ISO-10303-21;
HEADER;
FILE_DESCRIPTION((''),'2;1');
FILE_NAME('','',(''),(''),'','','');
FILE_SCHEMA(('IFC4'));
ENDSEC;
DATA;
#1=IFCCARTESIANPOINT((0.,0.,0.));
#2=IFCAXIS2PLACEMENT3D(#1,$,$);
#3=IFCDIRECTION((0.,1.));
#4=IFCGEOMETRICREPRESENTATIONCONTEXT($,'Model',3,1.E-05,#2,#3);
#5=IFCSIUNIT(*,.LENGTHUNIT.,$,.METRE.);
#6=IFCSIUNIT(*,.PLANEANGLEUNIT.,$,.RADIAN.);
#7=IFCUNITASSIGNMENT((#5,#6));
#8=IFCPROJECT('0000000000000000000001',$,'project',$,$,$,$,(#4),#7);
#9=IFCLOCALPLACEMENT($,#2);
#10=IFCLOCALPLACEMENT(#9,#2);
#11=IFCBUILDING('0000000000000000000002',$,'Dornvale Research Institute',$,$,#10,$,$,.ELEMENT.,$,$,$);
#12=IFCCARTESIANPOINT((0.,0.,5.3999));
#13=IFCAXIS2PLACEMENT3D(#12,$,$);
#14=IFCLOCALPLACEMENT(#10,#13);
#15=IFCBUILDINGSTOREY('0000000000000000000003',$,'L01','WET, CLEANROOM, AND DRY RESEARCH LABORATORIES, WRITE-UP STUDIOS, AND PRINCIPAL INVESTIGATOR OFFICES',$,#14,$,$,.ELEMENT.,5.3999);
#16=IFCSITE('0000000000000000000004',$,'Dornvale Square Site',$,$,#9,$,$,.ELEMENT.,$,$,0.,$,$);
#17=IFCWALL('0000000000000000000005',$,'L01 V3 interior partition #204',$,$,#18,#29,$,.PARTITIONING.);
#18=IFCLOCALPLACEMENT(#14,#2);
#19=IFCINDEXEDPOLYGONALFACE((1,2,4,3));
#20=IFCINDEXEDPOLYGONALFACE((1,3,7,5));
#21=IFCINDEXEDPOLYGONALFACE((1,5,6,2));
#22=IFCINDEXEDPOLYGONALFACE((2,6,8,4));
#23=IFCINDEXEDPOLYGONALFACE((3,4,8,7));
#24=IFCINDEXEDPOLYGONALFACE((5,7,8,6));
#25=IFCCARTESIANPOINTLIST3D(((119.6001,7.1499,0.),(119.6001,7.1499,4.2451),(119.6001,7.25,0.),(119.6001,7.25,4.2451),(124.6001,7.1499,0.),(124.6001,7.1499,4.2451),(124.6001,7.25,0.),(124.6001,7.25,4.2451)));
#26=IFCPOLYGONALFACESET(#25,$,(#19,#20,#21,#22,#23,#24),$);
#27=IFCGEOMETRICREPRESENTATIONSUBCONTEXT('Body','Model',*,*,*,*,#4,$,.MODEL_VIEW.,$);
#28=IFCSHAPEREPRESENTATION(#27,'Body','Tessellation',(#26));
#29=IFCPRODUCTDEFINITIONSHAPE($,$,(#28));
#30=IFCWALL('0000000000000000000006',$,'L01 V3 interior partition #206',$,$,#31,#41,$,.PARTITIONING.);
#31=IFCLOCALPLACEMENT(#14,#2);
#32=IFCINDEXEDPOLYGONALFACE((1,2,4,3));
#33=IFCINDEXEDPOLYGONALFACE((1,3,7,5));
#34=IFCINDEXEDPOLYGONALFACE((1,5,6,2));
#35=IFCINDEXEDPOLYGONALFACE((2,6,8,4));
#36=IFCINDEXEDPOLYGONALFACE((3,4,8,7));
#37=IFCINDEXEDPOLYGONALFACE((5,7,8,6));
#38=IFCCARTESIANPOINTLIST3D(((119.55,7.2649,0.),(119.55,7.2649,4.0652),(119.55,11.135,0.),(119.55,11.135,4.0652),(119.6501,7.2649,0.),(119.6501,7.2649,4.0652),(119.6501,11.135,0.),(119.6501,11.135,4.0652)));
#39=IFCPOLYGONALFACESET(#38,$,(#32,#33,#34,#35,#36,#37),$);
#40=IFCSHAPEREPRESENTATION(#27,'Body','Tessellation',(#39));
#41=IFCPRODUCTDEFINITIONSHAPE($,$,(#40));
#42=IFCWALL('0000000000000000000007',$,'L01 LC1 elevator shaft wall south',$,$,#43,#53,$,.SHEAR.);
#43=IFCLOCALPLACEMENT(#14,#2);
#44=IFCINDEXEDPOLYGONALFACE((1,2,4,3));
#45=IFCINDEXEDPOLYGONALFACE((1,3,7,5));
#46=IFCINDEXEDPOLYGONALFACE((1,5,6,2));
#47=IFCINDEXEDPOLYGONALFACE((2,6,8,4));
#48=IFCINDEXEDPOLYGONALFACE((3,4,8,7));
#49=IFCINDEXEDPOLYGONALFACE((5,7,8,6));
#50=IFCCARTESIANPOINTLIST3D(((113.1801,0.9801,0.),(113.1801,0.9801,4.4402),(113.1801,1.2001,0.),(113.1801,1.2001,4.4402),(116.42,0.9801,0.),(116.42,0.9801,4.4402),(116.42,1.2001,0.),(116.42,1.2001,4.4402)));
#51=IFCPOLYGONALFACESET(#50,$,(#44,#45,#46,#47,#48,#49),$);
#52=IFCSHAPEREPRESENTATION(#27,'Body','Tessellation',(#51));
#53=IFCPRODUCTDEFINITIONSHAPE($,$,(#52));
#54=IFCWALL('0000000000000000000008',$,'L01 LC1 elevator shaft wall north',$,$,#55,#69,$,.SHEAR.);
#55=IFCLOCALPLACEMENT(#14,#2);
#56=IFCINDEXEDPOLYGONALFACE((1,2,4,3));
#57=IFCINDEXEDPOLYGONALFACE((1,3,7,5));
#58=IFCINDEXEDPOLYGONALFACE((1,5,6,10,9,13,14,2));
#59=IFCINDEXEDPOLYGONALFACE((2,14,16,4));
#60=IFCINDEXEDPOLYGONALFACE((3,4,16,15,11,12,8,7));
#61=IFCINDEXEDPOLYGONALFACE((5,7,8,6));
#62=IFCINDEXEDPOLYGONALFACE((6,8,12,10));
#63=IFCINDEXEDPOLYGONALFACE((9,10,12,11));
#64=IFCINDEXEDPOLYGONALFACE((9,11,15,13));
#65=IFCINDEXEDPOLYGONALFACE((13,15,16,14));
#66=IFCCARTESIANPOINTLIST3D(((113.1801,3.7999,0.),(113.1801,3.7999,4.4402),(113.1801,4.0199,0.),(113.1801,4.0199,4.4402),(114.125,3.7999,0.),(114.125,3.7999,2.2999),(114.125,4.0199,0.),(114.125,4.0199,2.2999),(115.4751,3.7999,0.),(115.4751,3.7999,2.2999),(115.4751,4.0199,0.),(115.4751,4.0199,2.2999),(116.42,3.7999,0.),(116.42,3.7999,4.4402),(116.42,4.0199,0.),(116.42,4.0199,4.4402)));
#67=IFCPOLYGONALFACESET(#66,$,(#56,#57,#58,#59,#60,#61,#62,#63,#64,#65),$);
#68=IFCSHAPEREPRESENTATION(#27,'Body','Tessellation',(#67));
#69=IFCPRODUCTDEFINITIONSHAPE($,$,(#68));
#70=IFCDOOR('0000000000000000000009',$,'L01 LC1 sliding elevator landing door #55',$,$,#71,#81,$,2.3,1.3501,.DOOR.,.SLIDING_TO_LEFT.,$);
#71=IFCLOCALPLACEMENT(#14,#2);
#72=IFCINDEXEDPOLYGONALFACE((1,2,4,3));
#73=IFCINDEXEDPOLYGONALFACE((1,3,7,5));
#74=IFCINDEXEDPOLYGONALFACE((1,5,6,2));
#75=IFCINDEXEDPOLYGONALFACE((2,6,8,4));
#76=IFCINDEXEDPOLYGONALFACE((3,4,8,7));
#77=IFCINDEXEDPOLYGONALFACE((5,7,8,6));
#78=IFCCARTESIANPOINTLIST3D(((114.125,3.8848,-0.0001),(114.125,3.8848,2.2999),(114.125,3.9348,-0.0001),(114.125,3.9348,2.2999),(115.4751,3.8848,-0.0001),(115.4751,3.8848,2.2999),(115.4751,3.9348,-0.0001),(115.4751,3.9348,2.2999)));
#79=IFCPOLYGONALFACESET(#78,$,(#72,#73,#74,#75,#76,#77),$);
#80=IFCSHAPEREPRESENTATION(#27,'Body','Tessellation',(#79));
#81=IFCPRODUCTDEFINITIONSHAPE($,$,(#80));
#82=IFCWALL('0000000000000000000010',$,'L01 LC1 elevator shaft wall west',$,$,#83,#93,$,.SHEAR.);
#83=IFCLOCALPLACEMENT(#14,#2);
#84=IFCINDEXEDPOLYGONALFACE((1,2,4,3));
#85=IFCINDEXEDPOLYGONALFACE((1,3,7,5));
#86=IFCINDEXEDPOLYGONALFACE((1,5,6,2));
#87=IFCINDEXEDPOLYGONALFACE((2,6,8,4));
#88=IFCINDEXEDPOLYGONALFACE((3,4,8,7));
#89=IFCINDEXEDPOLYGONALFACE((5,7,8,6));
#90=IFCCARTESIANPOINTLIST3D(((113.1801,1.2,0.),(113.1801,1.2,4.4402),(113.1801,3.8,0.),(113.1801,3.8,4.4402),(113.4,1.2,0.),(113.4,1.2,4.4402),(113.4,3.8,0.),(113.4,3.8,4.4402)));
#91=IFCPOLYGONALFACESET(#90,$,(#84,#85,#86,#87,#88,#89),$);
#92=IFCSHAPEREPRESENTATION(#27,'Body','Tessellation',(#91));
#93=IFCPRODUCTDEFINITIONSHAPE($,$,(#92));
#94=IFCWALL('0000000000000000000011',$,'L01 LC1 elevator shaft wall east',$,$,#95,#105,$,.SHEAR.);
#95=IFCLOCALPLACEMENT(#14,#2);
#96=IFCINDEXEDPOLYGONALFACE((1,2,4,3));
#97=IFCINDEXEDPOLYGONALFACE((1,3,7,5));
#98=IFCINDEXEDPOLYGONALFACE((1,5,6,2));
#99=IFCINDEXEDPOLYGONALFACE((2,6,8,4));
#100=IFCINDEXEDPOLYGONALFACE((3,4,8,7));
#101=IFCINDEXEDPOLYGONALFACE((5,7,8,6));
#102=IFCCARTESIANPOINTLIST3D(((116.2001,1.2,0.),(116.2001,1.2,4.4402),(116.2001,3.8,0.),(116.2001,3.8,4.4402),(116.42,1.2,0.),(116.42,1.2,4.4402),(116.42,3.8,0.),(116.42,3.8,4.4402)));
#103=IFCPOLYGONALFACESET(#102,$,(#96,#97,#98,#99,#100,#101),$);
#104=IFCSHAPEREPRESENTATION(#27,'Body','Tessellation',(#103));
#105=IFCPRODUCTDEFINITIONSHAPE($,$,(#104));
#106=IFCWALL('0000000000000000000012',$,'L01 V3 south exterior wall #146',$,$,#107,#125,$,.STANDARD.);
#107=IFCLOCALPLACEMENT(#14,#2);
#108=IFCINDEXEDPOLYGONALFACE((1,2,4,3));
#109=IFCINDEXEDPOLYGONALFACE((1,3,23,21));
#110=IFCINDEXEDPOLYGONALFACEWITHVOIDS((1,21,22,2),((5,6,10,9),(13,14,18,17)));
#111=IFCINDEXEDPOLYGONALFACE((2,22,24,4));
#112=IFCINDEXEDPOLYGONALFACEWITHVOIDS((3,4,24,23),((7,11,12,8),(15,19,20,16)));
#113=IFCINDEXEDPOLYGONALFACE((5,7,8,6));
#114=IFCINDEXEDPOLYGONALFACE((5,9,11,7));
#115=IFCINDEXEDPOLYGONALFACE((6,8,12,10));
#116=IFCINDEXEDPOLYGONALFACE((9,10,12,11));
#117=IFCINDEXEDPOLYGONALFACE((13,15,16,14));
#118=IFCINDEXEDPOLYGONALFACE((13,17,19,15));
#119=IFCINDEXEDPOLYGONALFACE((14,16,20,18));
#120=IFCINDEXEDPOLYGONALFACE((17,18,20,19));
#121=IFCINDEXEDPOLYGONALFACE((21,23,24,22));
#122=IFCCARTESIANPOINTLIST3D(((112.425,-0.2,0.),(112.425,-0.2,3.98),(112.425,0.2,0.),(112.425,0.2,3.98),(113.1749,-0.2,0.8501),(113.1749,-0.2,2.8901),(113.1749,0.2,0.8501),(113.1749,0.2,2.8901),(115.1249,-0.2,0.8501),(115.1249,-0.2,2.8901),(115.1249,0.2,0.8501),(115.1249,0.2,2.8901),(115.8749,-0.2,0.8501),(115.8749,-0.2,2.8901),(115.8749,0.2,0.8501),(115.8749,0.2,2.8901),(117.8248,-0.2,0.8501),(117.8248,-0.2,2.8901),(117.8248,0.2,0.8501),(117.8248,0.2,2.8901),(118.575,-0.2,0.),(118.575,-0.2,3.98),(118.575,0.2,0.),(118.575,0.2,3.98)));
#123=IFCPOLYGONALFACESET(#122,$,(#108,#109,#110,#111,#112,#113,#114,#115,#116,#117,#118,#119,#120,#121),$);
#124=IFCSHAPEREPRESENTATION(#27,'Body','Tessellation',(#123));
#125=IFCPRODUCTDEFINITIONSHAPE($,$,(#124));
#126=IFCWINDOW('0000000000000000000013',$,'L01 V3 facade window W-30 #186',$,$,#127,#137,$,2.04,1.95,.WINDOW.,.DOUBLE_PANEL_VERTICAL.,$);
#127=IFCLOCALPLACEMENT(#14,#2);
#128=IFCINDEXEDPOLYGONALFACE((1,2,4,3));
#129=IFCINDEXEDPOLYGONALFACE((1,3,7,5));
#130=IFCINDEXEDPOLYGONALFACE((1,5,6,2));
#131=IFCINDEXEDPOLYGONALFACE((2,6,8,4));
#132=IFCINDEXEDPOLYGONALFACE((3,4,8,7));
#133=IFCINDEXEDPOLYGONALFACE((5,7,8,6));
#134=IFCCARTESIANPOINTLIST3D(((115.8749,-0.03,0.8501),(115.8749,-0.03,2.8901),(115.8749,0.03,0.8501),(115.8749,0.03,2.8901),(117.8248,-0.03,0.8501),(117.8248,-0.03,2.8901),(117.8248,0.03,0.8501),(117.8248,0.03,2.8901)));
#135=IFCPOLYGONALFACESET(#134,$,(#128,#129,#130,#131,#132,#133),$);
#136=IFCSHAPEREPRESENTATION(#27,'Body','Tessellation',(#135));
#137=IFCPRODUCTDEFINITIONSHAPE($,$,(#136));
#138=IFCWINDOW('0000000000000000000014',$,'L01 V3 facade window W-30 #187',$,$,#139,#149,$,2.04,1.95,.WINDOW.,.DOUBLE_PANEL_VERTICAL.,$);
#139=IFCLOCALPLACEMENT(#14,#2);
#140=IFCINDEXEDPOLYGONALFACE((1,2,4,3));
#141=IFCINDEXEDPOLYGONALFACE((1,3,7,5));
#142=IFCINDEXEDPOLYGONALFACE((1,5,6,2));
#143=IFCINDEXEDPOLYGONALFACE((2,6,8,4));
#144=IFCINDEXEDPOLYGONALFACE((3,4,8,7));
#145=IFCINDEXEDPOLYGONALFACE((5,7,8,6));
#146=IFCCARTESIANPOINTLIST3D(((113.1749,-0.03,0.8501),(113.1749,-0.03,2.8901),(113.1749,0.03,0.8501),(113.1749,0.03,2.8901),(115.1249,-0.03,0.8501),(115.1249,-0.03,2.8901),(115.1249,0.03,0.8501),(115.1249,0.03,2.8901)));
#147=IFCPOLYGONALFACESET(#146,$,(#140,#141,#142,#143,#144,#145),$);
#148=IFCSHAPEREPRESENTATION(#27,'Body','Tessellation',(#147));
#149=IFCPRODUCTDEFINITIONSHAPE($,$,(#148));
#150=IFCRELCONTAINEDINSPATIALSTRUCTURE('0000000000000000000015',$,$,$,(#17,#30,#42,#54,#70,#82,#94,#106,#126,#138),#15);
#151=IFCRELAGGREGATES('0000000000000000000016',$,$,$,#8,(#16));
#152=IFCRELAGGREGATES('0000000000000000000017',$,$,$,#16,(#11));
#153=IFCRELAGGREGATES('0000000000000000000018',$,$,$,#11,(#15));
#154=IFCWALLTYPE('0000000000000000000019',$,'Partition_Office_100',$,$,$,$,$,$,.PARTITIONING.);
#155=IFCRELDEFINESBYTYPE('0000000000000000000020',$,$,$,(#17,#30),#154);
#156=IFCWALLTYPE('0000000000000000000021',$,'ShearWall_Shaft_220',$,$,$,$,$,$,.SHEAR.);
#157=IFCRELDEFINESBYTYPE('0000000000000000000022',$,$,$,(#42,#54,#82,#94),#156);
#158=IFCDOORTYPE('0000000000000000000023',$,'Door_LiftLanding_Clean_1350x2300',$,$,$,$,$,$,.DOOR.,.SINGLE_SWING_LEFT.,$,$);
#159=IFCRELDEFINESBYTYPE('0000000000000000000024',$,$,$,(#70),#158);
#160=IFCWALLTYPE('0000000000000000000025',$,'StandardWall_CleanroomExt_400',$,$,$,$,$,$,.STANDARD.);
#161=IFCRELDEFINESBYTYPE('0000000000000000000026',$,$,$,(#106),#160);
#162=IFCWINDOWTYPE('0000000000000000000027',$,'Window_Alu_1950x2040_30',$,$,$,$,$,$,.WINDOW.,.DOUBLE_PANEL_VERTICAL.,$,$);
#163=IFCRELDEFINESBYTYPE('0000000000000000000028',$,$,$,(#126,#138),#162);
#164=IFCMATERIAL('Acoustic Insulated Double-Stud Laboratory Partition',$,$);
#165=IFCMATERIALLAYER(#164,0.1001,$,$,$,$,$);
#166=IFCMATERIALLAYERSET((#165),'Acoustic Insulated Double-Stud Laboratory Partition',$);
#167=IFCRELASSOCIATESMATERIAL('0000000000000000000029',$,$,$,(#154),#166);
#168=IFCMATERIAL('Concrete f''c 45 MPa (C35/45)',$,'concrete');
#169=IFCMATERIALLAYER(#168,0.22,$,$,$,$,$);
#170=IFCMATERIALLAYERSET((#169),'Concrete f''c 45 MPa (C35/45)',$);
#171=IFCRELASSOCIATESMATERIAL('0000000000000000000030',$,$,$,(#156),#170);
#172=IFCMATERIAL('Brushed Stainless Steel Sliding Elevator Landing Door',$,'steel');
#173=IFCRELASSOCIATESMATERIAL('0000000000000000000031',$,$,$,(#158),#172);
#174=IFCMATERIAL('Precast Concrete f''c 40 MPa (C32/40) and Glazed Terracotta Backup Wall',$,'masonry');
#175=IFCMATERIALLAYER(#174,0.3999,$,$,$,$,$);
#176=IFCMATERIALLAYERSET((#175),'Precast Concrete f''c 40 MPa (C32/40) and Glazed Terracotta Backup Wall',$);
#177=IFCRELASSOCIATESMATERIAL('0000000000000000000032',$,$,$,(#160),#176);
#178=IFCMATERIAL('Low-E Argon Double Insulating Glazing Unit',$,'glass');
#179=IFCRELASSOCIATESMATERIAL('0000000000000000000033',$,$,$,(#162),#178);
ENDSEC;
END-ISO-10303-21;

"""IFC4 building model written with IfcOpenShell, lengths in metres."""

from ifc_helpers import new_model, si_unit, direction, frame, frame_2d, origin, place, context, subcontext, project, spatial, rectangle, extrude, material, layer, layer_set, type_object, element, fill, save


model = new_model("IFC4")

# Units and contexts
model_context = context("Model", 3, precision=1e-05, world=origin(), true_north=direction((0.0, 1.0)))
body_context = subcontext(model_context, "Body", "Model", "MODEL_VIEW")
ifc_project = project(units=[si_unit("LENGTHUNIT", "METRE"), si_unit("PLANEANGLEUNIT", "RADIAN")], contexts=[model_context])

# Site, building, storey
site_placement = place(None, origin())
site = spatial("IfcSite", under=ifc_project, at=site_placement, Name="Dornvale Square Site", CompositionType="ELEMENT", RefElevation=0.0)
building_placement = place(site_placement, origin())
building = spatial("IfcBuilding", under=site, at=building_placement, Name="Dornvale Research Institute", CompositionType="ELEMENT")
storey_placement = place(building_placement, frame((0.0, 0.0, 5.3999)))
storey = spatial("IfcBuildingStorey", under=building, at=storey_placement, Name="L01", Description="WET, CLEANROOM, AND DRY RESEARCH LABORATORIES, WRITE-UP STUDIOS, AND PRINCIPAL INVESTIGATOR OFFICES", CompositionType="ELEMENT", Elevation=5.3999)

# Walls
ifc_material_1 = material(Name="Acoustic Insulated Double-Stud Laboratory Partition")
ifc_layer_1 = layer(ifc_material_1, 0.1001)
ifc_layer_set_1 = layer_set([ifc_layer_1], Name="Acoustic Insulated Double-Stud Laboratory Partition")
wall_type_1 = type_object("IfcWallType", Name="Partition_Office_100", PredefinedType="PARTITIONING", material=ifc_layer_set_1)
wall_1_placement = place(storey_placement, frame((119.6001, 7.2, 0.0), z_axis=(0.0, 0.0, 1.0), x_axis=(1.0, 0.0, 0.0)))
element("IfcWall", 1, at=wall_1_placement, inside=storey, type_object=wall_type_1, Name="L01 V3 interior partition #204", PredefinedType="PARTITIONING", context=body_context, shape_type="SweptSolid", body=[
    extrude(rectangle(XDim=5.0, YDim=0.1001, at=frame_2d((2.5, 0.0))), origin(), (0.0, 0.0, 1.0), 4.2451),
])
wall_2_placement = place(storey_placement, frame((119.6001, 7.2649, 0.0), z_axis=(0.0, 0.0, 1.0), x_axis=(0.0, 1.0, 0.0)))
element("IfcWall", 2, at=wall_2_placement, inside=storey, type_object=wall_type_1, Name="L01 V3 interior partition #206", PredefinedType="PARTITIONING", context=body_context, shape_type="SweptSolid", body=[
    extrude(rectangle(XDim=3.8701, YDim=0.1001, at=frame_2d((1.9351, 0.0))), origin(), (0.0, 0.0, 1.0), 4.0652),
])
ifc_material_2 = material(Name="Concrete f'c 45 MPa (C35/45)", Category="concrete")
ifc_layer_2 = layer(ifc_material_2, 0.22)
ifc_layer_set_2 = layer_set([ifc_layer_2], Name="Concrete f'c 45 MPa (C35/45)")
wall_type_2 = type_object("IfcWallType", Name="ShearWall_Shaft_220", PredefinedType="SHEAR", material=ifc_layer_set_2)
wall_3_placement = place(storey_placement, frame((113.1799, 1.0901, 0.0), z_axis=(0.0, 0.0, 1.0), x_axis=(1.0, 0.0, 0.0)))
element("IfcWall", 3, at=wall_3_placement, inside=storey, type_object=wall_type_2, Name="L01 LC1 elevator shaft wall south", PredefinedType="SHEAR", context=body_context, shape_type="SweptSolid", body=[
    extrude(rectangle(XDim=3.24, YDim=0.22, at=frame_2d((1.6201, 0.0))), origin(), (0.0, 0.0, 1.0), 4.4402),
])

# Wall, opening, door
wall_4_placement = place(storey_placement, frame((113.1799, 3.9099, 0.0), z_axis=(0.0, 0.0, 1.0), x_axis=(1.0, 0.0, 0.0)))
wall_4 = element("IfcWall", 4, at=wall_4_placement, inside=storey, type_object=wall_type_2, Name="L01 LC1 elevator shaft wall north", PredefinedType="SHEAR", context=body_context, shape_type="SweptSolid", body=[
    extrude(rectangle(XDim=3.24, YDim=0.22, at=frame_2d((1.6201, 0.0))), origin(), (0.0, 0.0, 1.0), 4.4402),
])
opening_1_placement = place(wall_4_placement, frame((0.9451, 0.0, 0.0)))
opening_1 = element("IfcOpeningElement", 5, at=opening_1_placement, cuts=wall_4, PredefinedType="OPENING", context=body_context, shape_type="SweptSolid", body=[
    extrude(rectangle(XDim=1.3501, YDim=2.3, at=frame_2d((0.675, 1.1499))), frame((0.0, 0.125, 0.0), z_axis=(0.0, -1.0, 0.0), x_axis=(1.0, 0.0, 0.0)), (0.0, 0.0, 1.0), 0.25),
])
ifc_material_3 = material(Name="Brushed Stainless Steel Sliding Elevator Landing Door", Category="steel")
door_type = type_object("IfcDoorType", Name="Door_LiftLanding_Clean_1350x2300", OperationType="SINGLE_SWING_LEFT", PredefinedType="DOOR", material=ifc_material_3)
door_placement = place(opening_1_placement, origin())
door = element("IfcDoor", 6, at=door_placement, inside=storey, type_object=door_type, Name="L01 LC1 sliding elevator landing door #55", OperationType="SLIDING_TO_LEFT", OverallHeight=2.3, OverallWidth=1.3501, PredefinedType="DOOR", context=body_context, shape_type="SweptSolid", body=[
    extrude(rectangle(XDim=1.3501, YDim=2.3, at=frame_2d((0.675, 1.1499))), frame((0.0, 0.0249, 0.0), z_axis=(0.0, -1.0, 0.0), x_axis=(1.0, 0.0, 0.0)), (0.0, 0.0, 1.0), 0.05),
])
fill(opening_1, door)

# Walls
for number, where, z_axis, x_axis, name in (
    (7, (113.29, 1.2, 0.0), (0.0, 0.0, 1.0), (0.0, 1.0, 0.0), "L01 LC1 elevator shaft wall west"),
    (8, (116.3101, 1.2, 0.0), (0.0, 0.0, 1.0), (0.0, 1.0, 0.0), "L01 LC1 elevator shaft wall east"),
):
    element("IfcWall", number, at=place(storey_placement, frame(where, z_axis=z_axis, x_axis=x_axis)), inside=storey, type_object=wall_type_2, Name=name, PredefinedType="SHEAR", context=body_context, shape_type="SweptSolid", body=[
        extrude(rectangle(XDim=2.6001, YDim=0.22, at=frame_2d((1.3, 0.0))), origin(), (0.0, 0.0, 1.0), 4.4402),
    ])

# Wall, openings, windows
ifc_material_4 = material(Name="Precast Concrete f'c 40 MPa (C32/40) and Glazed Terracotta Backup Wall", Category="masonry")
ifc_layer_3 = layer(ifc_material_4, 0.3999)
ifc_layer_set_3 = layer_set([ifc_layer_3], Name="Precast Concrete f'c 40 MPa (C32/40) and Glazed Terracotta Backup Wall")
wall_type_3 = type_object("IfcWallType", Name="StandardWall_CleanroomExt_400", PredefinedType="STANDARD", material=ifc_layer_set_3)
wall_5_placement = place(storey_placement, frame((118.575, 0.0, 0.0), z_axis=(0.0, 0.0, 1.0), x_axis=(-1.0, 0.0, 0.0)))
wall_5 = element("IfcWall", 9, at=wall_5_placement, inside=storey, type_object=wall_type_3, Name="L01 V3 south exterior wall #146", PredefinedType="STANDARD", context=body_context, shape_type="SweptSolid", body=[
    extrude(rectangle(XDim=6.1499, YDim=0.3999, at=frame_2d((3.075, 0.0))), origin(), (0.0, 0.0, 1.0), 3.98),
])
opening_2_placement = place(wall_5_placement, frame((0.75, 0.0, 0.8501)))
opening_2 = element("IfcOpeningElement", 10, at=opening_2_placement, cuts=wall_5, PredefinedType="OPENING", context=body_context, shape_type="SweptSolid", body=[
    extrude(rectangle(XDim=1.95, YDim=2.04, at=frame_2d((0.9751, 1.02))), frame((0.0, 0.2148, 0.0), z_axis=(0.0, -1.0, 0.0), x_axis=(1.0, 0.0, 0.0)), (0.0, 0.0, 1.0), 0.4299),
])
opening_3_placement = place(wall_5_placement, frame((3.45, 0.0, 0.8501)))
opening_3 = element("IfcOpeningElement", 11, at=opening_3_placement, cuts=wall_5, PredefinedType="OPENING", context=body_context, shape_type="SweptSolid", body=[
    extrude(rectangle(XDim=1.95, YDim=2.04, at=frame_2d((0.9751, 1.02))), frame((0.0, 0.2148, 0.0), z_axis=(0.0, -1.0, 0.0), x_axis=(1.0, 0.0, 0.0)), (0.0, 0.0, 1.0), 0.4299),
])
ifc_material_5 = material(Name="Low-E Argon Double Insulating Glazing Unit", Category="glass")
window_type = type_object("IfcWindowType", Name="Window_Alu_1950x2040_30", PartitioningType="DOUBLE_PANEL_VERTICAL", PredefinedType="WINDOW", material=ifc_material_5)
window_1_placement = place(opening_2_placement, origin())
window_1 = element("IfcWindow", 12, at=window_1_placement, inside=storey, type_object=window_type, Name="L01 V3 facade window W-30 #186", OverallHeight=2.04, OverallWidth=1.95, PartitioningType="DOUBLE_PANEL_VERTICAL", PredefinedType="WINDOW", context=body_context, shape_type="SweptSolid", body=[
    extrude(rectangle(XDim=1.95, YDim=2.04, at=frame_2d((0.9751, 1.02))), frame((0.0, 0.03, 0.0), z_axis=(0.0, -1.0, 0.0), x_axis=(1.0, 0.0, 0.0)), (0.0, 0.0, 1.0), 0.0601),
])
fill(opening_2, window_1)
window_2_placement = place(opening_3_placement, origin())
window_2 = element("IfcWindow", 13, at=window_2_placement, inside=storey, type_object=window_type, Name="L01 V3 facade window W-30 #187", OverallHeight=2.04, OverallWidth=1.95, PartitioningType="DOUBLE_PANEL_VERTICAL", PredefinedType="WINDOW", context=body_context, shape_type="SweptSolid", body=[
    extrude(rectangle(XDim=1.95, YDim=2.04, at=frame_2d((0.9751, 1.02))), frame((0.0, 0.03, 0.0), z_axis=(0.0, -1.0, 0.0), x_axis=(1.0, 0.0, 0.0)), (0.0, 0.0, 1.0), 0.0601),
])
fill(opening_3, window_2)

save(model, "model.ifc")
